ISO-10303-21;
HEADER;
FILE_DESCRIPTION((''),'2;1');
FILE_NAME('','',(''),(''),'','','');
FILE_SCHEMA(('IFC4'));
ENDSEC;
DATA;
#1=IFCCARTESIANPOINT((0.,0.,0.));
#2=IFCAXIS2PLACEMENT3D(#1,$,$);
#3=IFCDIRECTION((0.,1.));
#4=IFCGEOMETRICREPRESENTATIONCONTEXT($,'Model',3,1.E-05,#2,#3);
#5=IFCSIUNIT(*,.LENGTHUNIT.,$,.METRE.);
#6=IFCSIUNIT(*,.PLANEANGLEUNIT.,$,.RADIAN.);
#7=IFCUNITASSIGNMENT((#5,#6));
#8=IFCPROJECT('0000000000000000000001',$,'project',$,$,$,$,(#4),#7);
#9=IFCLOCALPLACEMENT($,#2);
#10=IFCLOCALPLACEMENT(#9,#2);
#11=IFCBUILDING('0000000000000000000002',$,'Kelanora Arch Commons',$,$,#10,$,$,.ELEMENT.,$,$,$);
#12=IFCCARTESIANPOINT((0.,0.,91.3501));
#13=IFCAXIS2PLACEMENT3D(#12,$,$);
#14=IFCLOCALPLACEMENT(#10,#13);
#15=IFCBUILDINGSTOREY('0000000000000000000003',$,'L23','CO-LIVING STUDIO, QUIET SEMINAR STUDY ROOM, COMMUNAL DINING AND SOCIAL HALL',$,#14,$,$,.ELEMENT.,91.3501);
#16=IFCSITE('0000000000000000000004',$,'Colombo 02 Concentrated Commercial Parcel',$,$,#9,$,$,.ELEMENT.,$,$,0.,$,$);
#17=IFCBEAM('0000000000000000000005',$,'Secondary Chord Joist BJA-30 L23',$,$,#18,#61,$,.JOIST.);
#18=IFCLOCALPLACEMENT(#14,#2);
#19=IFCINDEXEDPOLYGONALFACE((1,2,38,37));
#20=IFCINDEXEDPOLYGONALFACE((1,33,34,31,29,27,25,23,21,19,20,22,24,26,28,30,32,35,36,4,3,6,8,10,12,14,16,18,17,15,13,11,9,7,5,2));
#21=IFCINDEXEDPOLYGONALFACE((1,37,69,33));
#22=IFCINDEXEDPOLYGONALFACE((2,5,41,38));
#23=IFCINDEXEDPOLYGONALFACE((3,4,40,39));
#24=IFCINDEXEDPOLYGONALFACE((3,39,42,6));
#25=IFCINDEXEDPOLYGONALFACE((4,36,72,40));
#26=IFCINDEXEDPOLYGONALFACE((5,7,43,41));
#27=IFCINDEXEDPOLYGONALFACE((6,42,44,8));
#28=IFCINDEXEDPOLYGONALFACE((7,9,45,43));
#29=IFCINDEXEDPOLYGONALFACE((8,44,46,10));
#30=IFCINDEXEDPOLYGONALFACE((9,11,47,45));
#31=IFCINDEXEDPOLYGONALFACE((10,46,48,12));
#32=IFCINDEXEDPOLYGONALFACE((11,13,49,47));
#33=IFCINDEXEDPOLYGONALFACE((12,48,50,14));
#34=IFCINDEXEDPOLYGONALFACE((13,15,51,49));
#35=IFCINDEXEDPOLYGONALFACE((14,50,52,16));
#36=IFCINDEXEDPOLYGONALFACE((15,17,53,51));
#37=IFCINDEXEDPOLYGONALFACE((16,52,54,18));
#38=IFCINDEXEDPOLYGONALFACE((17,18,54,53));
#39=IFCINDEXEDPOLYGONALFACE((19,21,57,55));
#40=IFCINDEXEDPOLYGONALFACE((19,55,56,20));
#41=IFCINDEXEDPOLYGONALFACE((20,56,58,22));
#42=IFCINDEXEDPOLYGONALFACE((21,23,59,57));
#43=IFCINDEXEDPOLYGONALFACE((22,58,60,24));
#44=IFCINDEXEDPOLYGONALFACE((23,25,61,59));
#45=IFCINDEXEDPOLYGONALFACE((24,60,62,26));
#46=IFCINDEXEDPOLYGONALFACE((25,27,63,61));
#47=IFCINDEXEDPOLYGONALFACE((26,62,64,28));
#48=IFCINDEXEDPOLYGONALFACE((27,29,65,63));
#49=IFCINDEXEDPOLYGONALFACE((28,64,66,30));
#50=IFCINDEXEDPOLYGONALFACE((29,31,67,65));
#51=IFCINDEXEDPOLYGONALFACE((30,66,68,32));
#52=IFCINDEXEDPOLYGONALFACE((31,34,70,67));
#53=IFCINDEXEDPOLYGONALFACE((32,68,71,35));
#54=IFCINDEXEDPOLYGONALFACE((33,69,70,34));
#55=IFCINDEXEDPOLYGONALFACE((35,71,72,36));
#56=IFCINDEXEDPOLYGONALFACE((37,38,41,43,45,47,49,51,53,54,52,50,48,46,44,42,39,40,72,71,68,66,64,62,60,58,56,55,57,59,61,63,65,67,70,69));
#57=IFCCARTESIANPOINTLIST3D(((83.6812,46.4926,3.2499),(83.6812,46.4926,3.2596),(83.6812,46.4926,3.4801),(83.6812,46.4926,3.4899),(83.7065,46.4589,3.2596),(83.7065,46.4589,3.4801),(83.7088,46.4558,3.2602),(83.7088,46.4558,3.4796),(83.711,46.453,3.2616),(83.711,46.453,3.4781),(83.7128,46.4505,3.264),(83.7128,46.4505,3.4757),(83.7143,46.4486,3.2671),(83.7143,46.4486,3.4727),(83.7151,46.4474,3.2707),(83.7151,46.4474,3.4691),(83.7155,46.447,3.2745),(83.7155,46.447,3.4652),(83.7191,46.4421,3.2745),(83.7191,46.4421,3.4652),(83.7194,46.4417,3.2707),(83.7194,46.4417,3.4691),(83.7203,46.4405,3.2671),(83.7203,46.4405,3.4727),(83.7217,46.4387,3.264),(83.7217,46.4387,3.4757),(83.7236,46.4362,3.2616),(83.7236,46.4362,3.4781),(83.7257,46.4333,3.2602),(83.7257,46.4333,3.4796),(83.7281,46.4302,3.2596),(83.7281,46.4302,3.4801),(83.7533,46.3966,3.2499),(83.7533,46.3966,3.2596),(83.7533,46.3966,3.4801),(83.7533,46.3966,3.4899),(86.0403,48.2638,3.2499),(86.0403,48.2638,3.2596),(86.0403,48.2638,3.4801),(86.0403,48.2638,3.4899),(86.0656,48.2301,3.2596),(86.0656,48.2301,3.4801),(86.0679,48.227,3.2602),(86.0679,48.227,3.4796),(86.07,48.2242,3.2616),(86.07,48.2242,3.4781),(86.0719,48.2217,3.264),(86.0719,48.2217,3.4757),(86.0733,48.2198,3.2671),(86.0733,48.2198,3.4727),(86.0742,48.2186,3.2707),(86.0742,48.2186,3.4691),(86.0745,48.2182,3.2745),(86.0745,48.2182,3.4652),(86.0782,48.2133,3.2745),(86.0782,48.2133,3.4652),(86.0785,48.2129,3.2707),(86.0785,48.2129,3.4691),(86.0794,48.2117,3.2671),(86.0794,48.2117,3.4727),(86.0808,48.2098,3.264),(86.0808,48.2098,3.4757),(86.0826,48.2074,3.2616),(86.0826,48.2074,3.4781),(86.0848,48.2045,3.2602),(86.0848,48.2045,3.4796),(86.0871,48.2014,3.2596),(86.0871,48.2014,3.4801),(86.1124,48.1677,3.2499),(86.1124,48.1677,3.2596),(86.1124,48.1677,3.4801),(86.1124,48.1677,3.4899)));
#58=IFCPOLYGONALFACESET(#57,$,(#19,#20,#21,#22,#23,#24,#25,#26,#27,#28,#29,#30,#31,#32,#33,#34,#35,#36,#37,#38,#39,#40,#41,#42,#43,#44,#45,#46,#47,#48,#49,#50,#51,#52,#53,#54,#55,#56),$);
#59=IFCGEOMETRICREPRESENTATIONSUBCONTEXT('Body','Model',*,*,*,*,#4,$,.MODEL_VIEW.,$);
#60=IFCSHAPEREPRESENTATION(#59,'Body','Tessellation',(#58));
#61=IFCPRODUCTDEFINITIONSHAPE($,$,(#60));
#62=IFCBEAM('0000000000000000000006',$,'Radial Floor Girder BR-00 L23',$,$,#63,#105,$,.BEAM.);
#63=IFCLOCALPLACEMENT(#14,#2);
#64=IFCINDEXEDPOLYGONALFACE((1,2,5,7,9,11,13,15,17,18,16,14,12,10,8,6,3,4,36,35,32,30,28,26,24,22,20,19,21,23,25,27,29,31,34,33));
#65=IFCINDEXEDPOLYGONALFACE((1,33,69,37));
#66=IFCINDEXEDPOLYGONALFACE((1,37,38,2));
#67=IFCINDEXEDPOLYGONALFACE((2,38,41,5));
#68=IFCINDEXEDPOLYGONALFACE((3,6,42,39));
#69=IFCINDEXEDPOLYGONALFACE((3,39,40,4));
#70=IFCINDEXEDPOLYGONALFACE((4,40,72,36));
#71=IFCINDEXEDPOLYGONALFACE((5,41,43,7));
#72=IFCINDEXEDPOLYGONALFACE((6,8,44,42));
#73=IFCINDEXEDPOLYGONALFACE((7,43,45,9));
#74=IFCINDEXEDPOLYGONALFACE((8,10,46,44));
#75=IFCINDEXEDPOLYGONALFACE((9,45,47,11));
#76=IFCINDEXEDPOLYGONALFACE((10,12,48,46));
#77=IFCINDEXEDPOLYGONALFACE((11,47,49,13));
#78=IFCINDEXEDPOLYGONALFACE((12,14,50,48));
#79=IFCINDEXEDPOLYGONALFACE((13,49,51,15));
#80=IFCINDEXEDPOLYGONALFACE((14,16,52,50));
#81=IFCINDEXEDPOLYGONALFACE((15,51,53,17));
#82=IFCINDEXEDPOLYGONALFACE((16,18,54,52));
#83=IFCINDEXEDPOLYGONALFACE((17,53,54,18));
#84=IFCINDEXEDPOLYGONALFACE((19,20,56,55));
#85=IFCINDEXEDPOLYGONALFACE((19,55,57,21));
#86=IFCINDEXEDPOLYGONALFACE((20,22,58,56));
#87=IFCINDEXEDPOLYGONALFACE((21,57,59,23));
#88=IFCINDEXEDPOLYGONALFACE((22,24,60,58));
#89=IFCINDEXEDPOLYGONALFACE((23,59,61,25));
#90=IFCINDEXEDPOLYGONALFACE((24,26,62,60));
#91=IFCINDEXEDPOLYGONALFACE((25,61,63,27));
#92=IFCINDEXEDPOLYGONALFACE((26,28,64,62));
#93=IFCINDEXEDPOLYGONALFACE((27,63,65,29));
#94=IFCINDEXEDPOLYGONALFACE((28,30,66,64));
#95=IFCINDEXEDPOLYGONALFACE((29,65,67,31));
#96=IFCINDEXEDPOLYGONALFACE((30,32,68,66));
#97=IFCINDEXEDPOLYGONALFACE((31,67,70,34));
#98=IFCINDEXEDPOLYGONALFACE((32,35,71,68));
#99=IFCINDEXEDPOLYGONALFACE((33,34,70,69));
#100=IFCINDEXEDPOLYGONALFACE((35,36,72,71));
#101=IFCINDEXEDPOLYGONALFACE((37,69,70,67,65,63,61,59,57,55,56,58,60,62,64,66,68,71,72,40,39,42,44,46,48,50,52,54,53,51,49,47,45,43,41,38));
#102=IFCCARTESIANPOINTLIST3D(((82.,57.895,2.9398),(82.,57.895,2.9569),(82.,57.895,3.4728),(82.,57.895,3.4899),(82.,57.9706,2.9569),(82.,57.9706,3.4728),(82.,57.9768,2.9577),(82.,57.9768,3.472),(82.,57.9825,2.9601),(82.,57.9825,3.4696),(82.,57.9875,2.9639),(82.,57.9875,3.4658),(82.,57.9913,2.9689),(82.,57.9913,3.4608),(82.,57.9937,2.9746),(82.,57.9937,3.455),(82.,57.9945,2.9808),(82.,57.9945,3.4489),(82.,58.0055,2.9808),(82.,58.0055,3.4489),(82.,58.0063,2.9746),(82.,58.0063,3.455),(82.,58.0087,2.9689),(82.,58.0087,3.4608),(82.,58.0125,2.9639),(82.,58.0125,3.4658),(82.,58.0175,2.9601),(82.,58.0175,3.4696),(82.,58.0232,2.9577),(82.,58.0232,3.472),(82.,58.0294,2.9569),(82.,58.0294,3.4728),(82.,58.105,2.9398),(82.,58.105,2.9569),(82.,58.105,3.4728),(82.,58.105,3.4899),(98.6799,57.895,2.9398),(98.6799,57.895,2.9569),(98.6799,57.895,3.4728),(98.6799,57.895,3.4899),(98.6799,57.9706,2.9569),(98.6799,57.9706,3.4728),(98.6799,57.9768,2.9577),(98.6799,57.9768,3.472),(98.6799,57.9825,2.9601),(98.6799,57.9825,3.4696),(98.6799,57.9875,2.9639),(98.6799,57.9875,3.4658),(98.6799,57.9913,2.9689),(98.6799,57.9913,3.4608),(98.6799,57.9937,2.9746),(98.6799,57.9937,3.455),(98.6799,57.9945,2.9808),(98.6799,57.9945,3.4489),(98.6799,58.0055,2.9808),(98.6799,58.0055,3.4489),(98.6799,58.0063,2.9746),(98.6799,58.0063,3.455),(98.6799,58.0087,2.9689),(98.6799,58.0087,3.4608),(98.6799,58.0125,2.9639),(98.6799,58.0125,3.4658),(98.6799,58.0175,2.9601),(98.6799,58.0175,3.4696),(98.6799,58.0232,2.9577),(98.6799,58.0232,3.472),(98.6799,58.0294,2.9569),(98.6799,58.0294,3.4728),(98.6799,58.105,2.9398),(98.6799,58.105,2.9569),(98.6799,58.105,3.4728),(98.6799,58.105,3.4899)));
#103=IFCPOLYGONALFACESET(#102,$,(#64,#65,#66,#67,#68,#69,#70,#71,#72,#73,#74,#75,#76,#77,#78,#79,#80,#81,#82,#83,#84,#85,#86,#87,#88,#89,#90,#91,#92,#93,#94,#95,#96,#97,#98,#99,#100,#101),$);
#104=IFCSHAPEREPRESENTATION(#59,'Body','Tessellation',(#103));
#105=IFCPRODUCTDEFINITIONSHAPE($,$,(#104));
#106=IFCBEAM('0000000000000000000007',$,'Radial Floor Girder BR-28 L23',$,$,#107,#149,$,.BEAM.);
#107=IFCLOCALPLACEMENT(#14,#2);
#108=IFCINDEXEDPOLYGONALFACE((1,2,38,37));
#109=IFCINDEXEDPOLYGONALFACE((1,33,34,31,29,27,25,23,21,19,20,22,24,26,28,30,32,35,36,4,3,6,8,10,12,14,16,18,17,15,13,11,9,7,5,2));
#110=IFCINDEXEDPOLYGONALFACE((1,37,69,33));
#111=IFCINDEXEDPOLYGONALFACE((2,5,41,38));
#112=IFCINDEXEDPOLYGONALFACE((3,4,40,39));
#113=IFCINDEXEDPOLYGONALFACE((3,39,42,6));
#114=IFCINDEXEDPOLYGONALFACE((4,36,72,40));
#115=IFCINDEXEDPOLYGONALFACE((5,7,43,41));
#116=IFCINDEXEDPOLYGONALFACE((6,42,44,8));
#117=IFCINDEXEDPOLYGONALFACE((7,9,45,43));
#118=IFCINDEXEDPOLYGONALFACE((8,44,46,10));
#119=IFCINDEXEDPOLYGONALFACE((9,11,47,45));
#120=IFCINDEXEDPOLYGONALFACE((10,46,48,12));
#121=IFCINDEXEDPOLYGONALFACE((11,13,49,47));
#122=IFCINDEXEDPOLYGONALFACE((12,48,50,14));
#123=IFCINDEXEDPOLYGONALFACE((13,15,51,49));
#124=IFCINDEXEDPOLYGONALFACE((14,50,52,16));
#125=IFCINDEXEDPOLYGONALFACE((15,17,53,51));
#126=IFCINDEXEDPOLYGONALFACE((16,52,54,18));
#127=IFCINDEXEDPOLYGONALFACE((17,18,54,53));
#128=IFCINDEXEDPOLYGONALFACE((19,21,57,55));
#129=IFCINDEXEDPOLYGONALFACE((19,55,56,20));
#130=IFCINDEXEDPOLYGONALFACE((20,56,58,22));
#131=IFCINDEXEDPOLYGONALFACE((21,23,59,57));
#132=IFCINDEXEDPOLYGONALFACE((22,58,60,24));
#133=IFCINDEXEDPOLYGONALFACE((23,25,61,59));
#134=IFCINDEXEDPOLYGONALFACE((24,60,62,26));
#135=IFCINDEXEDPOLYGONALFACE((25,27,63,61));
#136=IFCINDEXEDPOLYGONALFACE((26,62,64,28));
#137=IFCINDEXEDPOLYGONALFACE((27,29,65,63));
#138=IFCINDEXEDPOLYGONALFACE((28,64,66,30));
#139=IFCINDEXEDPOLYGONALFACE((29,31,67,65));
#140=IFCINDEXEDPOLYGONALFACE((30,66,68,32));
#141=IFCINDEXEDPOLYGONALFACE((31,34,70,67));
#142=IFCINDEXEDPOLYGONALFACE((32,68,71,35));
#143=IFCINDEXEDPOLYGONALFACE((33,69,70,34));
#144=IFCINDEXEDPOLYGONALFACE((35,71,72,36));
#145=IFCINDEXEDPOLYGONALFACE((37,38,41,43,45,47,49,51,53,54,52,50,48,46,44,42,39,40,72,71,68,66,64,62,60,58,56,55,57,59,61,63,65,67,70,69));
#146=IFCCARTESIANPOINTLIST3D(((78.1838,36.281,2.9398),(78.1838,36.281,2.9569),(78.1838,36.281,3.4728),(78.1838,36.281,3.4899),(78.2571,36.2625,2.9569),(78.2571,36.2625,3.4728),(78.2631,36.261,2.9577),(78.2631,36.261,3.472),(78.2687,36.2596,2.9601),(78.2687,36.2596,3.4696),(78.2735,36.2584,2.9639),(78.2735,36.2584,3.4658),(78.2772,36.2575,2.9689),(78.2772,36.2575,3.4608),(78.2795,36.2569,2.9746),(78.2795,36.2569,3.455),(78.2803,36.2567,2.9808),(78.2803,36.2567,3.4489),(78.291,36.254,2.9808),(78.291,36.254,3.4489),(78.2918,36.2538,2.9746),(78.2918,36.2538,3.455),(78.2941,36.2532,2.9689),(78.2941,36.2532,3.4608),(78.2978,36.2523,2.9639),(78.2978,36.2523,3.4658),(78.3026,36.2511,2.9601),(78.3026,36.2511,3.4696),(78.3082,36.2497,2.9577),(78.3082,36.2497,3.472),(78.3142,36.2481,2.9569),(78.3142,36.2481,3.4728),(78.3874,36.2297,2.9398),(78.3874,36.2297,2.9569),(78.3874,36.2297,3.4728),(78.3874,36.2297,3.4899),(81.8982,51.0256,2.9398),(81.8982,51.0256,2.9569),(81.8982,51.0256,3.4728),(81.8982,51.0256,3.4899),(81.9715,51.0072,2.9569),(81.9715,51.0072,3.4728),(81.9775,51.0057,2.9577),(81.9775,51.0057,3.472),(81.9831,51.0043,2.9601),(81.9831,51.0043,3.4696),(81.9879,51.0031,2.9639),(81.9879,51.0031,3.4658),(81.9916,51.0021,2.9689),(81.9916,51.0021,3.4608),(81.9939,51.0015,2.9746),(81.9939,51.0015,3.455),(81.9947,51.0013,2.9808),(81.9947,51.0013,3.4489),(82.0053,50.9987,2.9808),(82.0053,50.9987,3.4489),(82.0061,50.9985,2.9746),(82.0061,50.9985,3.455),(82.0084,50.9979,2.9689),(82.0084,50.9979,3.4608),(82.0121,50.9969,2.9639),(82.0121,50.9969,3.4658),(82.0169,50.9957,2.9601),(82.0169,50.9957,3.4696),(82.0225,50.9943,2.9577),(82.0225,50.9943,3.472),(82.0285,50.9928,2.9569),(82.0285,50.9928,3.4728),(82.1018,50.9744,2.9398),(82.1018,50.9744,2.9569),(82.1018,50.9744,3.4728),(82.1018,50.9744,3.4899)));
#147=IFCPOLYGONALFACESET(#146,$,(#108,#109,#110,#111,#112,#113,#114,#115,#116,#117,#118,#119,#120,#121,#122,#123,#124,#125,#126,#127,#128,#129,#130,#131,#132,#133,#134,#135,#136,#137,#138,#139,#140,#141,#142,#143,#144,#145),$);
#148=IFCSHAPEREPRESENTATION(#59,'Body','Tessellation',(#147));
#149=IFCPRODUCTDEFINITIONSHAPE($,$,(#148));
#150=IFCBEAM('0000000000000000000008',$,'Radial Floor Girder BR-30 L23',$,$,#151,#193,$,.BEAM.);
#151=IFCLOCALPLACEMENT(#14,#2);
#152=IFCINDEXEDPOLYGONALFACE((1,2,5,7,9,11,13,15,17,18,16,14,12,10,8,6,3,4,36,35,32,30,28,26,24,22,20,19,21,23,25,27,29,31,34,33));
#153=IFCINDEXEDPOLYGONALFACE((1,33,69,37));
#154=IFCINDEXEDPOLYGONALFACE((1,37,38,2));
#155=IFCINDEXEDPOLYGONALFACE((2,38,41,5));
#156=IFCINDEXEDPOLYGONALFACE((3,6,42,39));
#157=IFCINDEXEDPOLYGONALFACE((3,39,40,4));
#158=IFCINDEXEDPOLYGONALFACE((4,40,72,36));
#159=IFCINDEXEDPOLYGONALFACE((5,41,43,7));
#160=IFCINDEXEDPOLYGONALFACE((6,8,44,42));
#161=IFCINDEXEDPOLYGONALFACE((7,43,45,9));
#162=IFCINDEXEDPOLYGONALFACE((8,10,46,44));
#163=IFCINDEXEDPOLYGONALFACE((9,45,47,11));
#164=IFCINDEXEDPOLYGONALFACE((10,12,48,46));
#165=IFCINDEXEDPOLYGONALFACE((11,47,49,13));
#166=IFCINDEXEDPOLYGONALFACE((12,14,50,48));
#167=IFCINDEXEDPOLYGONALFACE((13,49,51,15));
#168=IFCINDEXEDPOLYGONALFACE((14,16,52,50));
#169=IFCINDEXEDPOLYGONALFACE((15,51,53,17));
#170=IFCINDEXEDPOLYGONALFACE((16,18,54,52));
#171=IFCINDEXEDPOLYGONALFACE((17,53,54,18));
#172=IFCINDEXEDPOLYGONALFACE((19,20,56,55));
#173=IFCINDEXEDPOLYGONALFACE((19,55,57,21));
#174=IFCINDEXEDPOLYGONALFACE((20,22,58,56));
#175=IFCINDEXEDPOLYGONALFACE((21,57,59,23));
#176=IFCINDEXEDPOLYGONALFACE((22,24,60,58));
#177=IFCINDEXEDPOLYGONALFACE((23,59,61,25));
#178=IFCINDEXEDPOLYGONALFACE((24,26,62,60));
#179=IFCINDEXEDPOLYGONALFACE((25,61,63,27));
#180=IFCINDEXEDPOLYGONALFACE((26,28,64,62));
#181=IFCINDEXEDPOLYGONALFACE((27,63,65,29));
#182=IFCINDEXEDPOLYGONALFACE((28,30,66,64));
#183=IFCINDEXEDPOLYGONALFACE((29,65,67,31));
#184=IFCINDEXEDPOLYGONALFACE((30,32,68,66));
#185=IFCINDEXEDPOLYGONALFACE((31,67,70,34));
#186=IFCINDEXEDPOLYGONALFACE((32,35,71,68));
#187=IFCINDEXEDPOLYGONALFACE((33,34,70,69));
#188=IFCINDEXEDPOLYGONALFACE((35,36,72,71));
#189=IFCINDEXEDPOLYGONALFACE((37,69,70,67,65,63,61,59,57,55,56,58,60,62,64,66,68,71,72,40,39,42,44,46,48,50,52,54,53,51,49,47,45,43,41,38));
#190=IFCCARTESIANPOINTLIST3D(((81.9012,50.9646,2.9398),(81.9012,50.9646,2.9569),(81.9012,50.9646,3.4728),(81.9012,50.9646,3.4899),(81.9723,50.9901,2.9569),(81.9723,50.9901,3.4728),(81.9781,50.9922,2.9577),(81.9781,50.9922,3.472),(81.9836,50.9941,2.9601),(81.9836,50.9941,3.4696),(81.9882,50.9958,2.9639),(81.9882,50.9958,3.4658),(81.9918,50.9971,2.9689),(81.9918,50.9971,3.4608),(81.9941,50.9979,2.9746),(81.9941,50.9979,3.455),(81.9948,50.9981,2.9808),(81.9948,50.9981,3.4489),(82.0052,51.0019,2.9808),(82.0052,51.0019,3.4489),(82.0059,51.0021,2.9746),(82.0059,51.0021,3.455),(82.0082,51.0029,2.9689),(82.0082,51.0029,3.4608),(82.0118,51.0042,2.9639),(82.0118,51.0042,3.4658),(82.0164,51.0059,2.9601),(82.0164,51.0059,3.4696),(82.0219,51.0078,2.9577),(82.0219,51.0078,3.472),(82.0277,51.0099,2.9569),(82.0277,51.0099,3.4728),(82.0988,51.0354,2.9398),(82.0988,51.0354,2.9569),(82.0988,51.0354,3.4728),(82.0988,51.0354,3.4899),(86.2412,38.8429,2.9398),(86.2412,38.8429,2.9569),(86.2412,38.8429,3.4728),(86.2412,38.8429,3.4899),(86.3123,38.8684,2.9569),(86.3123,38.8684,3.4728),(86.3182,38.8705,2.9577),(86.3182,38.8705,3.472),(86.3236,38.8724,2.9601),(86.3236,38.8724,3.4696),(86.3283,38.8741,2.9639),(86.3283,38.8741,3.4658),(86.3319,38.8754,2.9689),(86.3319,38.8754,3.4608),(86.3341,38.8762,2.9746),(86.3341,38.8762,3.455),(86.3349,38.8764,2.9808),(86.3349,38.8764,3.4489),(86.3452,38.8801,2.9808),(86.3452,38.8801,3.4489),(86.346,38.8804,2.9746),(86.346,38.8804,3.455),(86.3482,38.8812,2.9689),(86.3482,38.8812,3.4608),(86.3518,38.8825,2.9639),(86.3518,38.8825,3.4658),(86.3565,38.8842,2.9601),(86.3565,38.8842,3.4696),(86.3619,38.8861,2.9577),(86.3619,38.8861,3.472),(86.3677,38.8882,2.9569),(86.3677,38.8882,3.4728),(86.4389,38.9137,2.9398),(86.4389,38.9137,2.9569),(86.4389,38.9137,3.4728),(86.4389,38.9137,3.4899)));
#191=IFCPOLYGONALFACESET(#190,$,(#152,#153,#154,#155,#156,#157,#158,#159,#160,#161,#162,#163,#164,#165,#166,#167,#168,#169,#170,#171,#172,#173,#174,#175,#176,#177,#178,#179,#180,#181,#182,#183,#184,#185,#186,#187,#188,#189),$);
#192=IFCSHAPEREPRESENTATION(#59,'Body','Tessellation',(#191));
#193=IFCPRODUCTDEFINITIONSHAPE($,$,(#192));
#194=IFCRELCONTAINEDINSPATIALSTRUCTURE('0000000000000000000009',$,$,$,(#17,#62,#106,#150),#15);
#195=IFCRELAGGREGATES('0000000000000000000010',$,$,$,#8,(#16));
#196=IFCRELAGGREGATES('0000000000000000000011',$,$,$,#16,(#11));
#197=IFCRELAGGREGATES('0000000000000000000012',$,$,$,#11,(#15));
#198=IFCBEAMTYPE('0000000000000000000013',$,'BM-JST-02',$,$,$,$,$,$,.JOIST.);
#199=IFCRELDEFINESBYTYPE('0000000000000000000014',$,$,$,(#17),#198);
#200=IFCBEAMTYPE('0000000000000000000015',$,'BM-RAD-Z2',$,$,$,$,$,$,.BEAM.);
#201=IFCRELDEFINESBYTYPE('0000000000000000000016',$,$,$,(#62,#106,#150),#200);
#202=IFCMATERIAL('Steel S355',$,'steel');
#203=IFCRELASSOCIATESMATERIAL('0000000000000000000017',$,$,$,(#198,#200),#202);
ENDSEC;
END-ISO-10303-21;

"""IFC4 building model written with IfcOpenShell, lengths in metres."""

from ifc_helpers import new_model, si_unit, direction, frame, origin, origin_2d, place, context, subcontext, project, spatial, i_section, extrude, material, material_profile, profile_set, type_object, element, save


model = new_model("IFC4")

# Units and contexts
model_context = context("Model", 3, precision=1e-05, world=origin(), true_north=direction((0.0, 1.0)))
body_context = subcontext(model_context, "Body", "Model", "MODEL_VIEW")
ifc_project = project(units=[si_unit("LENGTHUNIT", "METRE"), si_unit("PLANEANGLEUNIT", "RADIAN")], contexts=[model_context])

# Site, building, storey
site_placement = place(None, origin())
site = spatial("IfcSite", under=ifc_project, at=site_placement, Name="Colombo 02 Concentrated Commercial Parcel", CompositionType="ELEMENT", RefElevation=0.0)
building_placement = place(site_placement, origin())
building = spatial("IfcBuilding", under=site, at=building_placement, Name="Kelanora Arch Commons", CompositionType="ELEMENT")
storey_placement = place(building_placement, frame((0.0, 0.0, 91.3501)))
storey = spatial("IfcBuildingStorey", under=building, at=storey_placement, Name="L23", Description="CO-LIVING STUDIO, QUIET SEMINAR STUDY ROOM, COMMUNAL DINING AND SOCIAL HALL", CompositionType="ELEMENT", Elevation=91.3501)

# Beams
ifc_material_1 = material(Name="Steel S355", Category="steel")
ifc_material_profile_1 = material_profile(ifc_material_1, i_section(OverallWidth=0.1201, OverallDepth=0.24, WebThickness=0.0061, FlangeThickness=0.0098, FilletRadius=0.0149, at=origin_2d()), Name="IPE240")
ifc_profile_set_1 = profile_set([ifc_material_profile_1], Name="Steel S355")
beam_type_1 = type_object("IfcBeamType", Name="BM-JST-02", PredefinedType="JOIST", material=ifc_profile_set_1)
beam_1_placement = place(storey_placement, frame((83.7173, 46.4446, 3.3699), z_axis=(0.799692, 0.60041, 0.0), x_axis=(-0.60041, 0.799692, 0.0)))
element("IfcBeam", 1, at=beam_1_placement, inside=storey, type_object=beam_type_1, Name="Secondary Chord Joist BJA-30 L23", PredefinedType="JOIST", context=body_context, shape_type="SweptSolid", body=[
    extrude(i_section(OverallWidth=0.1201, OverallDepth=0.24, WebThickness=0.0061, FlangeThickness=0.0098, FilletRadius=0.0149, at=origin_2d()), origin(), (0.0, 0.0, 1.0), 2.95),
])
ifc_material_profile_2 = material_profile(ifc_material_1, i_section(OverallWidth=0.21, OverallDepth=0.55, WebThickness=0.011, FlangeThickness=0.0171, FilletRadius=0.0239, at=origin_2d()), Name="IPE550")
ifc_profile_set_2 = profile_set([ifc_material_profile_2], Name="Steel S355")
beam_type_2 = type_object("IfcBeamType", Name="BM-RAD-Z2", PredefinedType="BEAM", material=ifc_profile_set_2)
beam_2_placement = place(storey_placement, frame((82.0, 58.0, 3.2148), z_axis=(1.0, 0.0, 0.0), x_axis=(0.0, 1.0, 0.0)))
element("IfcBeam", 2, at=beam_2_placement, inside=storey, type_object=beam_type_2, Name="Radial Floor Girder BR-00 L23", PredefinedType="BEAM", context=body_context, shape_type="SweptSolid", body=[
    extrude(i_section(OverallWidth=0.21, OverallDepth=0.55, WebThickness=0.011, FlangeThickness=0.0171, FilletRadius=0.0239, at=origin_2d()), origin(), (0.0, 0.0, 1.0), 16.6799),
])
beam_3_placement = place(storey_placement, frame((82.0, 51.0, 3.2148), z_axis=(-0.244281, -0.969705, 0.0), x_axis=(0.969705, -0.244281, 0.0)))
element("IfcBeam", 3, at=beam_3_placement, inside=storey, type_object=beam_type_2, Name="Radial Floor Girder BR-28 L23", PredefinedType="BEAM", context=body_context, shape_type="SweptSolid", body=[
    extrude(i_section(OverallWidth=0.21, OverallDepth=0.55, WebThickness=0.011, FlangeThickness=0.0171, FilletRadius=0.0239, at=origin_2d()), origin(), (0.0, 0.0, 1.0), 15.2053),
])
beam_4_placement = place(storey_placement, frame((82.0, 51.0, 3.2148), z_axis=(0.337085, -0.941474, 0.0), x_axis=(0.941474, 0.337085, 0.0)))
element("IfcBeam", 4, at=beam_4_placement, inside=storey, type_object=beam_type_2, Name="Radial Floor Girder BR-30 L23", PredefinedType="BEAM", context=body_context, shape_type="SweptSolid", body=[
    extrude(i_section(OverallWidth=0.21, OverallDepth=0.55, WebThickness=0.011, FlangeThickness=0.0171, FilletRadius=0.0239, at=origin_2d()), origin(), (0.0, 0.0, 1.0), 12.8752),
])

save(model, "model.ifc")
